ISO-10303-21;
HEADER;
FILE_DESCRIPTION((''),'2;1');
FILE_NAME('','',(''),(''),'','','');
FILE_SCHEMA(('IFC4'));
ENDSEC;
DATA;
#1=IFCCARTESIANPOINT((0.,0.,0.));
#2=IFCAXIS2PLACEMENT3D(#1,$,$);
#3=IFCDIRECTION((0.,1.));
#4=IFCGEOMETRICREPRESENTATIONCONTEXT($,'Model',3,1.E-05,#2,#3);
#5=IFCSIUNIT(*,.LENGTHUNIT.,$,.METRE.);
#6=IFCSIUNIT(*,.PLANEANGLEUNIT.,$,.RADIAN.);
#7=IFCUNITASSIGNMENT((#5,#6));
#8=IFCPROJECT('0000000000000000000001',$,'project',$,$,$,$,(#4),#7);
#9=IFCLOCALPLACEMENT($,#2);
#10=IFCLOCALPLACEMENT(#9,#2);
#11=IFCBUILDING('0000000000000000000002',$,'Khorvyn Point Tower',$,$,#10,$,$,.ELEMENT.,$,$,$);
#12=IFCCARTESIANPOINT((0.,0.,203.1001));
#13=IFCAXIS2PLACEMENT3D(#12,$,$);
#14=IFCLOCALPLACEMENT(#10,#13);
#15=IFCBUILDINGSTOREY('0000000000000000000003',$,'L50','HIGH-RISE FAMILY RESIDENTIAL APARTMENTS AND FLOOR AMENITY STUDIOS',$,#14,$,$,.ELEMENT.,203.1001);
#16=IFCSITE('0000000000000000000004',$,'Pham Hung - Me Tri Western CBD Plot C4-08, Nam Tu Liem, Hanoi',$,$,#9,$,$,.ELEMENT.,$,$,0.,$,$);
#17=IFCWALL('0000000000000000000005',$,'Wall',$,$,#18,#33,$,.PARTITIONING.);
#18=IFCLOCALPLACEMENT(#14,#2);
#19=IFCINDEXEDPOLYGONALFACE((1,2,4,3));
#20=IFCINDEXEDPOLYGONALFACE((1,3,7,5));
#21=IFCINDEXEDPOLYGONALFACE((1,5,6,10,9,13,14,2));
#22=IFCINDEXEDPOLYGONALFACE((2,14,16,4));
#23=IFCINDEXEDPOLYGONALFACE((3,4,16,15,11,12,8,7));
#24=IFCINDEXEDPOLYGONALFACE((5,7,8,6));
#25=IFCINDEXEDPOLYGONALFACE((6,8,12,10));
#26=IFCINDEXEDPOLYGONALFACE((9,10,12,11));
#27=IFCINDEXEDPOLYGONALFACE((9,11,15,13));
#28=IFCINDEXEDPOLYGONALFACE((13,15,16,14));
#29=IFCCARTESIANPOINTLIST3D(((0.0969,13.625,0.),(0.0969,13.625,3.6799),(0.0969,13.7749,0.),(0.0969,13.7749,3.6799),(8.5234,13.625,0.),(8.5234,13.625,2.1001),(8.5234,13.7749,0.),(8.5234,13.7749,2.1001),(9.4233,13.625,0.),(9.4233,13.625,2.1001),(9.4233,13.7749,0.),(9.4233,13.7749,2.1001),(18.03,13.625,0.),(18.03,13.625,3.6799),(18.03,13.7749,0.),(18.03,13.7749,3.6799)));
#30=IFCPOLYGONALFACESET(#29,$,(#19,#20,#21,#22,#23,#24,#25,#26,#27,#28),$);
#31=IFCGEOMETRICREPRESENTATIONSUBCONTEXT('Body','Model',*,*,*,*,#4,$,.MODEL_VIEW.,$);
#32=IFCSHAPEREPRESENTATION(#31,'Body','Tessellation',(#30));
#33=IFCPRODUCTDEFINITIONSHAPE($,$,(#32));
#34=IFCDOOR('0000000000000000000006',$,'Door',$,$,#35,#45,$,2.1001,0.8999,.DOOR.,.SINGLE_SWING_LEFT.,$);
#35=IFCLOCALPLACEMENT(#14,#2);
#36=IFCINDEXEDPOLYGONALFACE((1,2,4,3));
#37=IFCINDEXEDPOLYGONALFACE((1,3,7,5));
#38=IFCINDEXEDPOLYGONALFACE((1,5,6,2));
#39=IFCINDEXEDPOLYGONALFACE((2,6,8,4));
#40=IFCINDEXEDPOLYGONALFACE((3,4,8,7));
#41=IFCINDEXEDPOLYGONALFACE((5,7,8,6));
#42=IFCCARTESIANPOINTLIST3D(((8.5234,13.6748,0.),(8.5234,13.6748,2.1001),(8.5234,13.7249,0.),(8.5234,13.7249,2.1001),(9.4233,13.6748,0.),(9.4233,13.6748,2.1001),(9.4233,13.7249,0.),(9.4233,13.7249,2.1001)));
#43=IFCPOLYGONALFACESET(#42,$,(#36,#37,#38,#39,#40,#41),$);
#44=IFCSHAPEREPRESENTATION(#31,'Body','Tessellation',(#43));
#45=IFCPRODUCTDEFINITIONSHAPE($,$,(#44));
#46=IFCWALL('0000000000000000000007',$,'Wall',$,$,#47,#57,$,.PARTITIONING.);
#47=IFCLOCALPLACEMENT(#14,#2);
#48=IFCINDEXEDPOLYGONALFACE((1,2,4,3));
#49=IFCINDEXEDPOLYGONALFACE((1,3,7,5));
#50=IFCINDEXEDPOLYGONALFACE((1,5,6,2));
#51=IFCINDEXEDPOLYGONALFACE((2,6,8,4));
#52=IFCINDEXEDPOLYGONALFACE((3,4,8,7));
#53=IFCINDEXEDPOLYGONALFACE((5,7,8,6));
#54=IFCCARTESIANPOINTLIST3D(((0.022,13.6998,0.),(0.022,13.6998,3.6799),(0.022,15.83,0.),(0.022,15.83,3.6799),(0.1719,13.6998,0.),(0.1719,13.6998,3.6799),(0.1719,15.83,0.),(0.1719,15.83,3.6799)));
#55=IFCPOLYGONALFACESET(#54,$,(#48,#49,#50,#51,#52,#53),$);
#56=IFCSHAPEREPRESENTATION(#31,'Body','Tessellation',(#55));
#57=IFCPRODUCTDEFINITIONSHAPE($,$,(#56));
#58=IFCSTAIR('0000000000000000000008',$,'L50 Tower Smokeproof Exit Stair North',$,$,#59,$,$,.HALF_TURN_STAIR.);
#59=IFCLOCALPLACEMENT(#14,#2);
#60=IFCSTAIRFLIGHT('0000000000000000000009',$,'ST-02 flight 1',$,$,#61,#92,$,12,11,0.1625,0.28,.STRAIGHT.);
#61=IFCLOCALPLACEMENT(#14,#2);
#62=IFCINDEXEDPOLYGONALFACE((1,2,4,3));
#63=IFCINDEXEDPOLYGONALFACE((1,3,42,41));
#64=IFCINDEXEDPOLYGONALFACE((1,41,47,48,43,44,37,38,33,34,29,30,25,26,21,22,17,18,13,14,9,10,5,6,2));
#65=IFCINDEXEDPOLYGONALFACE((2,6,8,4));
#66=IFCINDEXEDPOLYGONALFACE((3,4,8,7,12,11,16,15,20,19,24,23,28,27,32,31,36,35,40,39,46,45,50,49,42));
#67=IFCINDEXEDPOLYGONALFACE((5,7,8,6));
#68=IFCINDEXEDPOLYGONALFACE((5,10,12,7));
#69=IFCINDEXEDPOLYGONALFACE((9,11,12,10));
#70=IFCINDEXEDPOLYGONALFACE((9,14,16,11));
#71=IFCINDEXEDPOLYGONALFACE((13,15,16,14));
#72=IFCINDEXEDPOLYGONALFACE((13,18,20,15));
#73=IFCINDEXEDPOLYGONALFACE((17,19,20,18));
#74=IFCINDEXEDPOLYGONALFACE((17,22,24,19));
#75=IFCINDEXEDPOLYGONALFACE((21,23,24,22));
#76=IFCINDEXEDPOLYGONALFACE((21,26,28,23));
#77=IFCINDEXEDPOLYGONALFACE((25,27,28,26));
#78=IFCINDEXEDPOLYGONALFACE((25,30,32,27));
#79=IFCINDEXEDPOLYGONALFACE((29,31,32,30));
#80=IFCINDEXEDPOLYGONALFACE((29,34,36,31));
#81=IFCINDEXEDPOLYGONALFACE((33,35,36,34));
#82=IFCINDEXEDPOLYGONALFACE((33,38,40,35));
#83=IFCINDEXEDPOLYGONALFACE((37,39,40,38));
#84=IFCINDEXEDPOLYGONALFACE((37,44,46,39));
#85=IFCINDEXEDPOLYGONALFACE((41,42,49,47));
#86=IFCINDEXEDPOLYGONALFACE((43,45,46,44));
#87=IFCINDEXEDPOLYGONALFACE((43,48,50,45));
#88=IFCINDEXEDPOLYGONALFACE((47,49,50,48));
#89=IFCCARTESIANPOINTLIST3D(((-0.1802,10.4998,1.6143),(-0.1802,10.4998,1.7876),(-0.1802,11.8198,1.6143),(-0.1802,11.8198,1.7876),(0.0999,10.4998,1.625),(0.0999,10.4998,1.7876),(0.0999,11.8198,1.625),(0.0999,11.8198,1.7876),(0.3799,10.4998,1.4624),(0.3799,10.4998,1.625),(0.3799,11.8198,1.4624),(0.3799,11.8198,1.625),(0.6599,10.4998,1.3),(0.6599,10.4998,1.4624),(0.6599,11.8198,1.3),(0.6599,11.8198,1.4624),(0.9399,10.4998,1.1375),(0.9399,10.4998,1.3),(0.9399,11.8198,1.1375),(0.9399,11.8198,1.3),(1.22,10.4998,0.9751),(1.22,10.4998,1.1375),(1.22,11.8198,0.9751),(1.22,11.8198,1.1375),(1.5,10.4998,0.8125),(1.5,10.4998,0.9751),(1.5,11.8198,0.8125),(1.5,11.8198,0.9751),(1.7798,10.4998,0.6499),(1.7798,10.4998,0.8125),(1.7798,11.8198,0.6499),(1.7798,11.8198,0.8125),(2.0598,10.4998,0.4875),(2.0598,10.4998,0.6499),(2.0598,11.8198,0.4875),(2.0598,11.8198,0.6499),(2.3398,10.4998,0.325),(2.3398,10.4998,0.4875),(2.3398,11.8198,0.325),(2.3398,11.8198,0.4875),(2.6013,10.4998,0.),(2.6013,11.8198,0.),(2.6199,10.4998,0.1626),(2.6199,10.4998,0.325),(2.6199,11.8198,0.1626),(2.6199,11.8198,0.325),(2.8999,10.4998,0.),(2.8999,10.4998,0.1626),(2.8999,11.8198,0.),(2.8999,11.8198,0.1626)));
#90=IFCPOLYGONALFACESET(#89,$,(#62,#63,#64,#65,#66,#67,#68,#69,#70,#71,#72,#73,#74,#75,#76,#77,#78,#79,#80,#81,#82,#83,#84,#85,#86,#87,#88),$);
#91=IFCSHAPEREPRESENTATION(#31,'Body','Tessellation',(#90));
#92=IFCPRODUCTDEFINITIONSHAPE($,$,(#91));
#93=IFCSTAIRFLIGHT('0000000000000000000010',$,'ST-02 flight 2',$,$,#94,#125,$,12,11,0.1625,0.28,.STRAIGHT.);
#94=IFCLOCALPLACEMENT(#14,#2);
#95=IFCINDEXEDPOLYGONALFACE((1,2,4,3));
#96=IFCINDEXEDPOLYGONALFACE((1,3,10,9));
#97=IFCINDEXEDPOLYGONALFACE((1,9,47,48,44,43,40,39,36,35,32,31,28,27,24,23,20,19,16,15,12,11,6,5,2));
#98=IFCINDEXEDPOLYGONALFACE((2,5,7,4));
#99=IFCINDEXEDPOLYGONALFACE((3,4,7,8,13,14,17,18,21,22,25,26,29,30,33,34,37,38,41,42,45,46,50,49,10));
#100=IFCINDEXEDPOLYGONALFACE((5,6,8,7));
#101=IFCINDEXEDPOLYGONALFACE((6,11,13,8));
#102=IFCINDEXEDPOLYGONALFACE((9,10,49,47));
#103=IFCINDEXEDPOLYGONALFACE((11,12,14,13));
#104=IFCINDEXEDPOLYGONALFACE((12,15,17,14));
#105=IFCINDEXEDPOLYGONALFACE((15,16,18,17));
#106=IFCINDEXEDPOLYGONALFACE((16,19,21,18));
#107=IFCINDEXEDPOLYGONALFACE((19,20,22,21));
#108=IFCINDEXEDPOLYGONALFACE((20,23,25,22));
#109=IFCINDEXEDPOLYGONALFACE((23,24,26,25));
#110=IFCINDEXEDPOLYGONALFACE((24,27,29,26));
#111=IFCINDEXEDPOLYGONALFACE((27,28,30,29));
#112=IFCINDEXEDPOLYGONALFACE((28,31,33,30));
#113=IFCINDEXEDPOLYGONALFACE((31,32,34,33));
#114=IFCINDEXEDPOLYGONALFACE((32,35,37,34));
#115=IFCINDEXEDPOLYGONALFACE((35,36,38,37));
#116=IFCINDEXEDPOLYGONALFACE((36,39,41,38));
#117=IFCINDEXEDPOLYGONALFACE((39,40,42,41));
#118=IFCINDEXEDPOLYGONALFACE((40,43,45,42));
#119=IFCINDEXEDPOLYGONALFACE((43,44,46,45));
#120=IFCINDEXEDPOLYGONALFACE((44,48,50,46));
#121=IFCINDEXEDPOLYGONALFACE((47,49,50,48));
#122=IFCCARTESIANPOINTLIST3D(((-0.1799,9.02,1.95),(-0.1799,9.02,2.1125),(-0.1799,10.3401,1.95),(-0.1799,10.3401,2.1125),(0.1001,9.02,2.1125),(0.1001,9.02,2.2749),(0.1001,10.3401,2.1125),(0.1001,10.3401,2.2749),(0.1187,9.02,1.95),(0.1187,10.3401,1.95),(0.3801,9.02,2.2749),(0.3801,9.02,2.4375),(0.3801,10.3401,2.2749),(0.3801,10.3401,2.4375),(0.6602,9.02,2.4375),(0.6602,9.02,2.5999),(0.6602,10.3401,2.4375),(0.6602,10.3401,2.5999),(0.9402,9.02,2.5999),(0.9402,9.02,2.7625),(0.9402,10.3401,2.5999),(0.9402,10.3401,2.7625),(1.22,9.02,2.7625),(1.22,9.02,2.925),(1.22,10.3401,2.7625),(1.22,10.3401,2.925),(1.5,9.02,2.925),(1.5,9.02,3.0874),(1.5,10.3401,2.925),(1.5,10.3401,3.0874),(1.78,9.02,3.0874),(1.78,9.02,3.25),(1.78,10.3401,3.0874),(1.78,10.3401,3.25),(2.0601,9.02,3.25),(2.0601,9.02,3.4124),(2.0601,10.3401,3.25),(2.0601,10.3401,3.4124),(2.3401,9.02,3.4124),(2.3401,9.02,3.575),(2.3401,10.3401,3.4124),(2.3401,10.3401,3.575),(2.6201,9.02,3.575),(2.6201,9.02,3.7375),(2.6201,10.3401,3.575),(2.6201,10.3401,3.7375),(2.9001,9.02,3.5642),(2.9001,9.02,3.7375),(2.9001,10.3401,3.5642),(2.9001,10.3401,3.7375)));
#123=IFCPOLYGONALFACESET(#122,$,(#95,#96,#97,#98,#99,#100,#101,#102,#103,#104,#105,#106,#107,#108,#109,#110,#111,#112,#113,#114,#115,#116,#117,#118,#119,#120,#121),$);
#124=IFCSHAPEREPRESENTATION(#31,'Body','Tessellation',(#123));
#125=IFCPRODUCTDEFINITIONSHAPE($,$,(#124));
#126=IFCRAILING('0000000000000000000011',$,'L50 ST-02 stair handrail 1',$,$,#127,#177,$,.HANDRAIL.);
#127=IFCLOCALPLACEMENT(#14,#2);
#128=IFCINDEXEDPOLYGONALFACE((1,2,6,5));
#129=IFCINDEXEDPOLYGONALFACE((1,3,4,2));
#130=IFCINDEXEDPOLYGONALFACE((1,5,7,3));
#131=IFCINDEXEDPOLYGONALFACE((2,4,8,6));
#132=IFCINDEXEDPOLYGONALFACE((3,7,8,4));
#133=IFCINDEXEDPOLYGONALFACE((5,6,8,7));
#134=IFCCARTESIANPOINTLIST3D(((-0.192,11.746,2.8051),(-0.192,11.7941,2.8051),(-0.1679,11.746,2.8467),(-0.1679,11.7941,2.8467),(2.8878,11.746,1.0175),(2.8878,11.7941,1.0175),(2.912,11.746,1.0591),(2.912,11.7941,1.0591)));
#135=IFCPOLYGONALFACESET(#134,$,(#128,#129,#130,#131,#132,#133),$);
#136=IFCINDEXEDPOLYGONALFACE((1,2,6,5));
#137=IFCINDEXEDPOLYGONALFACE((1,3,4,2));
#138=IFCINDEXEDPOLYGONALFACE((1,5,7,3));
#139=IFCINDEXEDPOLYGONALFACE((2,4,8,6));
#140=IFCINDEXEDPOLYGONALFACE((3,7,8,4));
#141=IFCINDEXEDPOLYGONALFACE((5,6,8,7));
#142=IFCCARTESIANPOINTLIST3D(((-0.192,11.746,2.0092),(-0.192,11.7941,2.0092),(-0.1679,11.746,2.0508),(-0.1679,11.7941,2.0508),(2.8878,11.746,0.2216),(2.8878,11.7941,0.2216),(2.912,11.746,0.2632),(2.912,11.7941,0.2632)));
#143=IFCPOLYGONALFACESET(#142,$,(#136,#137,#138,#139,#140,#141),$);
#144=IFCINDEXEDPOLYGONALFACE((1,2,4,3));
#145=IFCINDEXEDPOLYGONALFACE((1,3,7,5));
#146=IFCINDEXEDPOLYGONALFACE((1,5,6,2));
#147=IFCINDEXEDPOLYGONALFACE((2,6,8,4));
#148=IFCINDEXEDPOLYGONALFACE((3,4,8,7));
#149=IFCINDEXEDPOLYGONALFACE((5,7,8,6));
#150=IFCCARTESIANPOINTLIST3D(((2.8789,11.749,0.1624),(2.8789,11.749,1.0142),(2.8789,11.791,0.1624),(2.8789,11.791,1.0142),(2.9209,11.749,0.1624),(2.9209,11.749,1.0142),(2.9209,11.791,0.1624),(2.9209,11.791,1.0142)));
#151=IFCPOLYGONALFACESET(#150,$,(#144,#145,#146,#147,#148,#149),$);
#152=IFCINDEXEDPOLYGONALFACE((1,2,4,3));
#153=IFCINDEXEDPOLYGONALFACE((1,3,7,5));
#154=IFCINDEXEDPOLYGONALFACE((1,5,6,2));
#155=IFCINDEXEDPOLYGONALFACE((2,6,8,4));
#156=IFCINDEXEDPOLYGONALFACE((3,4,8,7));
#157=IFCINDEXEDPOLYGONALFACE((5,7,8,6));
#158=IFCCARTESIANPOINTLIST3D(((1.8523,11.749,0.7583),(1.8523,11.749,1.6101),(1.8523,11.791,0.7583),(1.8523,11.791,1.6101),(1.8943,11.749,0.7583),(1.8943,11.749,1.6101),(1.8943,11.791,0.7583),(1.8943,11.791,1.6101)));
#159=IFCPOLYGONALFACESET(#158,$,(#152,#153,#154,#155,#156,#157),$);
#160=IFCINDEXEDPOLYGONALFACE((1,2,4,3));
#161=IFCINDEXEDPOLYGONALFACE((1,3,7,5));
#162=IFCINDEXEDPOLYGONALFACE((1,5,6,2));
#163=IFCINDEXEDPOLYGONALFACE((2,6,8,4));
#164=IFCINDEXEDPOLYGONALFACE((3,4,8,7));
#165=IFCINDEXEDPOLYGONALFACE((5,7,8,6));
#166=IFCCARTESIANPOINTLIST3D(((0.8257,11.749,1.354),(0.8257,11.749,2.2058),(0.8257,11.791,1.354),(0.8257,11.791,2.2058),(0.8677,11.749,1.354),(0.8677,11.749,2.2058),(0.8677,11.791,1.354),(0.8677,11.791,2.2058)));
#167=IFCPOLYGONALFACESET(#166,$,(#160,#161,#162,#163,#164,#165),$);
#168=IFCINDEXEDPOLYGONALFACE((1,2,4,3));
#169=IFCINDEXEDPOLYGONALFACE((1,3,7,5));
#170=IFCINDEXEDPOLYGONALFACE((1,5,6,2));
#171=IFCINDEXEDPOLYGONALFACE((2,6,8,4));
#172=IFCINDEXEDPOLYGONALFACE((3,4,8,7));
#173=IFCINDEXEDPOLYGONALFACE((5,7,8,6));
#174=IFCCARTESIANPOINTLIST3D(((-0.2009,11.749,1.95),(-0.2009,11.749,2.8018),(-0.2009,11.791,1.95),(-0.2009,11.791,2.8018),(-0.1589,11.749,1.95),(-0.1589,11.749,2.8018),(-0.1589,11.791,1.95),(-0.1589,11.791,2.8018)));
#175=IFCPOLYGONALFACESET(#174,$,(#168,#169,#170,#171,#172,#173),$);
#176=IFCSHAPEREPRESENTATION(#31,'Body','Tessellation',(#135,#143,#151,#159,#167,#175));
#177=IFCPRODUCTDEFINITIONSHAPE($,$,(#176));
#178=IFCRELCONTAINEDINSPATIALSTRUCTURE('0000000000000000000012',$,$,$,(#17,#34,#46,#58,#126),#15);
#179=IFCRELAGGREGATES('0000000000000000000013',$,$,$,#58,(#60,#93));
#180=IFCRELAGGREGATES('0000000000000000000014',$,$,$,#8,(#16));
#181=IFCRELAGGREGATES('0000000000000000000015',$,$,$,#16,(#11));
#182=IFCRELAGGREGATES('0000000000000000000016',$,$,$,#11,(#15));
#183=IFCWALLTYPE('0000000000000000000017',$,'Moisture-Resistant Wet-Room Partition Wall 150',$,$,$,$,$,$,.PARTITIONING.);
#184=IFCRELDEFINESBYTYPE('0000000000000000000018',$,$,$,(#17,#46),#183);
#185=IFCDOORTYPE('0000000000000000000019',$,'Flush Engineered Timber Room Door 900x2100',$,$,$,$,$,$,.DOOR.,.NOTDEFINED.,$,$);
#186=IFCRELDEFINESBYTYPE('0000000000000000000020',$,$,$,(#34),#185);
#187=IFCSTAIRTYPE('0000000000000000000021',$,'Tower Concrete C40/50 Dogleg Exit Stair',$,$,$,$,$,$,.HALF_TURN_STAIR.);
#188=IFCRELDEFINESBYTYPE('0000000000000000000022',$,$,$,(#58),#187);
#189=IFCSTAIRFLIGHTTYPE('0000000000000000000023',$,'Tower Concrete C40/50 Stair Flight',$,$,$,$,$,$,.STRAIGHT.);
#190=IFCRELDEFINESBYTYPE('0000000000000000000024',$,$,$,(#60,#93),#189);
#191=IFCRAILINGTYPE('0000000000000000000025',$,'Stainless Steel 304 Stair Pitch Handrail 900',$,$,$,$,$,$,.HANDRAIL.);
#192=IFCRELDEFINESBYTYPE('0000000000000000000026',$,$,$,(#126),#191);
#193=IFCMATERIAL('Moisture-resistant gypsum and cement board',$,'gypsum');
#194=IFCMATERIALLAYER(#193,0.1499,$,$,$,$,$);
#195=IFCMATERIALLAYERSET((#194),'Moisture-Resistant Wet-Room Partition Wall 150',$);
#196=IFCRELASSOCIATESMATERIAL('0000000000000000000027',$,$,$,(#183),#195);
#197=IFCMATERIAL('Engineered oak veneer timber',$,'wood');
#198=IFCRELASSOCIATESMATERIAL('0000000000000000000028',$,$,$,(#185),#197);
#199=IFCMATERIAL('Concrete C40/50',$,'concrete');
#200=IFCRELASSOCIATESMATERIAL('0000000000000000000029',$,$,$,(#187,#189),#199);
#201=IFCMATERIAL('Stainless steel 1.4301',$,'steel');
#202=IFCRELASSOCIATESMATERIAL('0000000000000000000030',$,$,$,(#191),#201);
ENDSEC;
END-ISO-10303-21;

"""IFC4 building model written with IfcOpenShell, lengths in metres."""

from ifc_helpers import new_model, si_unit, direction, frame, frame_2d, origin, origin_2d, place, context, subcontext, project, spatial, polyline, rectangle, outline, extrude, material, layer, layer_set, type_object, element, fill, aggregate, save


model = new_model("IFC4")

# Units and contexts
model_context = context("Model", 3, precision=1e-05, world=origin(), true_north=direction((0.0, 1.0)))
body_context = subcontext(model_context, "Body", "Model", "MODEL_VIEW")
ifc_project = project(units=[si_unit("LENGTHUNIT", "METRE"), si_unit("PLANEANGLEUNIT", "RADIAN")], contexts=[model_context])

# Site, building, storey
site_placement = place(None, origin())
site = spatial("IfcSite", under=ifc_project, at=site_placement, Name="Pham Hung - Me Tri Western CBD Plot C4-08, Nam Tu Liem, Hanoi", CompositionType="ELEMENT", RefElevation=0.0)
building_placement = place(site_placement, origin())
building = spatial("IfcBuilding", under=site, at=building_placement, Name="Khorvyn Point Tower", CompositionType="ELEMENT")
storey_placement = place(building_placement, frame((0.0, 0.0, 203.1001)))
storey = spatial("IfcBuildingStorey", under=building, at=storey_placement, Name="L50", Description="HIGH-RISE FAMILY RESIDENTIAL APARTMENTS AND FLOOR AMENITY STUDIOS", CompositionType="ELEMENT", Elevation=203.1001)

# Shared definitions
ifc_material_1 = material(Name="Concrete C40/50", Category="concrete")

# Wall, opening, door
ifc_material_2 = material(Name="Moisture-resistant gypsum and cement board", Category="gypsum")
ifc_layer_1 = layer(ifc_material_2, 0.1499)
ifc_layer_set_1 = layer_set([ifc_layer_1], Name="Moisture-Resistant Wet-Room Partition Wall 150")
wall_type_1 = type_object("IfcWallType", Name="Moisture-Resistant Wet-Room Partition Wall 150", PredefinedType="PARTITIONING", material=ifc_layer_set_1)
ifc_material_3 = material(Name="Engineered oak veneer timber", Category="wood")
door_type_1 = type_object("IfcDoorType", Name="Flush Engineered Timber Room Door 900x2100", OperationType="NOTDEFINED", PredefinedType="DOOR", material=ifc_material_3)
wall_1_placement = place(storey_placement, frame((0.0969, 13.7, 0.0), z_axis=(0.0, 0.0, 1.0), x_axis=(1.0, 0.0, 0.0)))
wall_1 = element("IfcWall", 1, at=wall_1_placement, inside=storey, type_object=wall_type_1, Name="Wall", PredefinedType="PARTITIONING", context=body_context, shape_type="SweptSolid", body=[
    extrude(rectangle(XDim=17.9331, YDim=0.1499, at=frame_2d((8.9666, 0.0))), origin(), (0.0, 0.0, 1.0), 3.6799),
])
opening_1_placement = place(wall_1_placement, frame((8.4265, 0.0, 0.0)))
opening_1 = element("IfcOpeningElement", 2, at=opening_1_placement, cuts=wall_1, PredefinedType="OPENING", context=body_context, shape_type="SweptSolid", body=[
    extrude(rectangle(XDim=0.8999, YDim=2.1001, at=frame_2d((0.45, 1.05))), frame((0.0, 0.085, 0.0), z_axis=(0.0, -1.0, 0.0), x_axis=(1.0, 0.0, 0.0)), (0.0, 0.0, 1.0), 0.1699),
])
door_1_placement = place(opening_1_placement, origin())
door_1 = element("IfcDoor", 3, at=door_1_placement, inside=storey, type_object=door_type_1, Name="Door", OperationType="SINGLE_SWING_LEFT", OverallHeight=2.1001, OverallWidth=0.8999, PredefinedType="DOOR", context=body_context, shape_type="SweptSolid", body=[
    extrude(rectangle(XDim=0.8999, YDim=2.1001, at=frame_2d((0.45, 1.05))), frame((0.0, 0.0249, 0.0), z_axis=(0.0, -1.0, 0.0), x_axis=(1.0, 0.0, 0.0)), (0.0, 0.0, 1.0), 0.05),
])
fill(opening_1, door_1)

# Wall
wall_2_placement = place(storey_placement, frame((0.0969, 13.7, 0.0), z_axis=(0.0, 0.0, 1.0), x_axis=(0.0, 1.0, 0.0)))
element("IfcWall", 4, at=wall_2_placement, inside=storey, type_object=wall_type_1, Name="Wall", PredefinedType="PARTITIONING", context=body_context, shape_type="SweptSolid", body=[
    extrude(rectangle(XDim=2.1301, YDim=0.1499, at=frame_2d((1.0649, 0.0))), origin(), (0.0, 0.0, 1.0), 3.6799),
])

# Stair, stair flights
stair_type = type_object("IfcStairType", Name="Tower Concrete C40/50 Dogleg Exit Stair", PredefinedType="HALF_TURN_STAIR", material=ifc_material_1)
stair_placement = place(storey_placement, origin())
stair = element("IfcStair", 5, at=stair_placement, inside=storey, type_object=stair_type, Name="L50 Tower Smokeproof Exit Stair North", PredefinedType="HALF_TURN_STAIR")
stair_flight_type = type_object("IfcStairFlightType", Name="Tower Concrete C40/50 Stair Flight", PredefinedType="STRAIGHT", material=ifc_material_1)
stair_flight_1_placement = place(storey_placement, frame((2.8999, 11.1599, 0.0), z_axis=(0.0, 0.0, 1.0), x_axis=(-1.0, 0.0, 0.0)))
stair_flight_1 = element("IfcStairFlight", 6, at=stair_flight_1_placement, type_object=stair_flight_type, Name="ST-02 flight 1", NumberOfRisers=12, NumberOfTreads=11, PredefinedType="STRAIGHT", RiserHeight=0.1625, TreadLength=0.28, context=body_context, shape_type="SweptSolid", body=[
    extrude(outline(polyline([(0.0, 0.0), (0.0, 0.1626), (0.28, 0.1626), (0.28, 0.325), (0.5601, 0.325), (0.5601, 0.4875), (0.8401, 0.4875), (0.8401, 0.6499), (1.1201, 0.6499), (1.1201, 0.8125), (1.3999, 0.8125), (1.3999, 0.9751), (1.6799, 0.9751), (1.6799, 1.1375), (1.96, 1.1375), (1.96, 1.3), (2.24, 1.3), (2.24, 1.4624), (2.52, 1.4624), (2.52, 1.625), (2.8, 1.625), (2.8, 1.7876), (3.0801, 1.7876), (3.0801, 1.95), (3.0801, 1.6143), (0.2986, 0.0), (0.0, 0.0)])), frame((0.0, 0.6602, 0.0), z_axis=(0.0, -1.0, 0.0), x_axis=(1.0, 0.0, 0.0)), (0.0, 0.0, 1.0), 1.3201),
])
stair_flight_2_placement = place(storey_placement, frame((-0.1799, 9.6799, 1.95), z_axis=(0.0, 0.0, 1.0), x_axis=(1.0, 0.0, 0.0)))
stair_flight_2 = element("IfcStairFlight", 7, at=stair_flight_2_placement, type_object=stair_flight_type, Name="ST-02 flight 2", NumberOfRisers=12, NumberOfTreads=11, PredefinedType="STRAIGHT", RiserHeight=0.1625, TreadLength=0.28, context=body_context, shape_type="SweptSolid", body=[
    extrude(outline(polyline([(0.0, 0.0), (0.0, 0.1626), (0.28, 0.1626), (0.28, 0.325), (0.5601, 0.325), (0.5601, 0.4875), (0.8401, 0.4875), (0.8401, 0.6499), (1.1201, 0.6499), (1.1201, 0.8125), (1.3999, 0.8125), (1.3999, 0.9751), (1.6799, 0.9751), (1.6799, 1.1375), (1.96, 1.1375), (1.96, 1.3), (2.24, 1.3), (2.24, 1.4624), (2.52, 1.4624), (2.52, 1.625), (2.8, 1.625), (2.8, 1.7876), (3.0801, 1.7876), (3.0801, 1.95), (3.0801, 1.6143), (0.2986, 0.0), (0.0, 0.0)])), frame((0.0, 0.6602, 0.0), z_axis=(0.0, -1.0, 0.0), x_axis=(1.0, 0.0, 0.0)), (0.0, 0.0, 1.0), 1.3201),
])
aggregate(stair, [stair_flight_1, stair_flight_2])

# Railing
ifc_material_4 = material(Name="Stainless steel 1.4301", Category="steel")
railing_type_1 = type_object("IfcRailingType", Name="Stainless Steel 304 Stair Pitch Handrail 900", PredefinedType="HANDRAIL", material=ifc_material_4)
railing_1_placement = place(storey_placement, frame((2.8999, 11.77, 0.1624)))
element("IfcRailing", 8, at=railing_1_placement, inside=storey, type_object=railing_type_1, Name="L50 ST-02 stair handrail 1", PredefinedType="HANDRAIL", context=body_context, shape_type="SweptSolid", body=[
    extrude(rectangle(XDim=0.0481, YDim=0.0481, at=origin_2d()), frame((0.0, 0.0, 0.876), z_axis=(-0.864873, 0.0, 0.50199), x_axis=(0.0, -1.0, 0.0)), (0.0, 0.0, 1.0), 3.561),
    extrude(rectangle(XDim=0.0481, YDim=0.0481, at=origin_2d()), frame((0.0, 0.0, 0.0801), z_axis=(-0.864873, 0.0, 0.50199), x_axis=(0.0, -1.0, 0.0)), (0.0, 0.0, 1.0), 3.561),
    extrude(rectangle(XDim=0.042, YDim=0.042, at=origin_2d()), origin(), (0.0, 0.0, 1.0), 0.8518),
    extrude(rectangle(XDim=0.042, YDim=0.042, at=origin_2d()), frame((-1.0266, 0.0, 0.5959)), (0.0, 0.0, 1.0), 0.8518),
    extrude(rectangle(XDim=0.042, YDim=0.042, at=origin_2d()), frame((-2.0532, 0.0, 1.1917)), (0.0, 0.0, 1.0), 0.8518),
    extrude(rectangle(XDim=0.042, YDim=0.042, at=origin_2d()), frame((-3.0798, 0.0, 1.7876)), (0.0, 0.0, 1.0), 0.8518),
])

save(model, "model.ifc")
